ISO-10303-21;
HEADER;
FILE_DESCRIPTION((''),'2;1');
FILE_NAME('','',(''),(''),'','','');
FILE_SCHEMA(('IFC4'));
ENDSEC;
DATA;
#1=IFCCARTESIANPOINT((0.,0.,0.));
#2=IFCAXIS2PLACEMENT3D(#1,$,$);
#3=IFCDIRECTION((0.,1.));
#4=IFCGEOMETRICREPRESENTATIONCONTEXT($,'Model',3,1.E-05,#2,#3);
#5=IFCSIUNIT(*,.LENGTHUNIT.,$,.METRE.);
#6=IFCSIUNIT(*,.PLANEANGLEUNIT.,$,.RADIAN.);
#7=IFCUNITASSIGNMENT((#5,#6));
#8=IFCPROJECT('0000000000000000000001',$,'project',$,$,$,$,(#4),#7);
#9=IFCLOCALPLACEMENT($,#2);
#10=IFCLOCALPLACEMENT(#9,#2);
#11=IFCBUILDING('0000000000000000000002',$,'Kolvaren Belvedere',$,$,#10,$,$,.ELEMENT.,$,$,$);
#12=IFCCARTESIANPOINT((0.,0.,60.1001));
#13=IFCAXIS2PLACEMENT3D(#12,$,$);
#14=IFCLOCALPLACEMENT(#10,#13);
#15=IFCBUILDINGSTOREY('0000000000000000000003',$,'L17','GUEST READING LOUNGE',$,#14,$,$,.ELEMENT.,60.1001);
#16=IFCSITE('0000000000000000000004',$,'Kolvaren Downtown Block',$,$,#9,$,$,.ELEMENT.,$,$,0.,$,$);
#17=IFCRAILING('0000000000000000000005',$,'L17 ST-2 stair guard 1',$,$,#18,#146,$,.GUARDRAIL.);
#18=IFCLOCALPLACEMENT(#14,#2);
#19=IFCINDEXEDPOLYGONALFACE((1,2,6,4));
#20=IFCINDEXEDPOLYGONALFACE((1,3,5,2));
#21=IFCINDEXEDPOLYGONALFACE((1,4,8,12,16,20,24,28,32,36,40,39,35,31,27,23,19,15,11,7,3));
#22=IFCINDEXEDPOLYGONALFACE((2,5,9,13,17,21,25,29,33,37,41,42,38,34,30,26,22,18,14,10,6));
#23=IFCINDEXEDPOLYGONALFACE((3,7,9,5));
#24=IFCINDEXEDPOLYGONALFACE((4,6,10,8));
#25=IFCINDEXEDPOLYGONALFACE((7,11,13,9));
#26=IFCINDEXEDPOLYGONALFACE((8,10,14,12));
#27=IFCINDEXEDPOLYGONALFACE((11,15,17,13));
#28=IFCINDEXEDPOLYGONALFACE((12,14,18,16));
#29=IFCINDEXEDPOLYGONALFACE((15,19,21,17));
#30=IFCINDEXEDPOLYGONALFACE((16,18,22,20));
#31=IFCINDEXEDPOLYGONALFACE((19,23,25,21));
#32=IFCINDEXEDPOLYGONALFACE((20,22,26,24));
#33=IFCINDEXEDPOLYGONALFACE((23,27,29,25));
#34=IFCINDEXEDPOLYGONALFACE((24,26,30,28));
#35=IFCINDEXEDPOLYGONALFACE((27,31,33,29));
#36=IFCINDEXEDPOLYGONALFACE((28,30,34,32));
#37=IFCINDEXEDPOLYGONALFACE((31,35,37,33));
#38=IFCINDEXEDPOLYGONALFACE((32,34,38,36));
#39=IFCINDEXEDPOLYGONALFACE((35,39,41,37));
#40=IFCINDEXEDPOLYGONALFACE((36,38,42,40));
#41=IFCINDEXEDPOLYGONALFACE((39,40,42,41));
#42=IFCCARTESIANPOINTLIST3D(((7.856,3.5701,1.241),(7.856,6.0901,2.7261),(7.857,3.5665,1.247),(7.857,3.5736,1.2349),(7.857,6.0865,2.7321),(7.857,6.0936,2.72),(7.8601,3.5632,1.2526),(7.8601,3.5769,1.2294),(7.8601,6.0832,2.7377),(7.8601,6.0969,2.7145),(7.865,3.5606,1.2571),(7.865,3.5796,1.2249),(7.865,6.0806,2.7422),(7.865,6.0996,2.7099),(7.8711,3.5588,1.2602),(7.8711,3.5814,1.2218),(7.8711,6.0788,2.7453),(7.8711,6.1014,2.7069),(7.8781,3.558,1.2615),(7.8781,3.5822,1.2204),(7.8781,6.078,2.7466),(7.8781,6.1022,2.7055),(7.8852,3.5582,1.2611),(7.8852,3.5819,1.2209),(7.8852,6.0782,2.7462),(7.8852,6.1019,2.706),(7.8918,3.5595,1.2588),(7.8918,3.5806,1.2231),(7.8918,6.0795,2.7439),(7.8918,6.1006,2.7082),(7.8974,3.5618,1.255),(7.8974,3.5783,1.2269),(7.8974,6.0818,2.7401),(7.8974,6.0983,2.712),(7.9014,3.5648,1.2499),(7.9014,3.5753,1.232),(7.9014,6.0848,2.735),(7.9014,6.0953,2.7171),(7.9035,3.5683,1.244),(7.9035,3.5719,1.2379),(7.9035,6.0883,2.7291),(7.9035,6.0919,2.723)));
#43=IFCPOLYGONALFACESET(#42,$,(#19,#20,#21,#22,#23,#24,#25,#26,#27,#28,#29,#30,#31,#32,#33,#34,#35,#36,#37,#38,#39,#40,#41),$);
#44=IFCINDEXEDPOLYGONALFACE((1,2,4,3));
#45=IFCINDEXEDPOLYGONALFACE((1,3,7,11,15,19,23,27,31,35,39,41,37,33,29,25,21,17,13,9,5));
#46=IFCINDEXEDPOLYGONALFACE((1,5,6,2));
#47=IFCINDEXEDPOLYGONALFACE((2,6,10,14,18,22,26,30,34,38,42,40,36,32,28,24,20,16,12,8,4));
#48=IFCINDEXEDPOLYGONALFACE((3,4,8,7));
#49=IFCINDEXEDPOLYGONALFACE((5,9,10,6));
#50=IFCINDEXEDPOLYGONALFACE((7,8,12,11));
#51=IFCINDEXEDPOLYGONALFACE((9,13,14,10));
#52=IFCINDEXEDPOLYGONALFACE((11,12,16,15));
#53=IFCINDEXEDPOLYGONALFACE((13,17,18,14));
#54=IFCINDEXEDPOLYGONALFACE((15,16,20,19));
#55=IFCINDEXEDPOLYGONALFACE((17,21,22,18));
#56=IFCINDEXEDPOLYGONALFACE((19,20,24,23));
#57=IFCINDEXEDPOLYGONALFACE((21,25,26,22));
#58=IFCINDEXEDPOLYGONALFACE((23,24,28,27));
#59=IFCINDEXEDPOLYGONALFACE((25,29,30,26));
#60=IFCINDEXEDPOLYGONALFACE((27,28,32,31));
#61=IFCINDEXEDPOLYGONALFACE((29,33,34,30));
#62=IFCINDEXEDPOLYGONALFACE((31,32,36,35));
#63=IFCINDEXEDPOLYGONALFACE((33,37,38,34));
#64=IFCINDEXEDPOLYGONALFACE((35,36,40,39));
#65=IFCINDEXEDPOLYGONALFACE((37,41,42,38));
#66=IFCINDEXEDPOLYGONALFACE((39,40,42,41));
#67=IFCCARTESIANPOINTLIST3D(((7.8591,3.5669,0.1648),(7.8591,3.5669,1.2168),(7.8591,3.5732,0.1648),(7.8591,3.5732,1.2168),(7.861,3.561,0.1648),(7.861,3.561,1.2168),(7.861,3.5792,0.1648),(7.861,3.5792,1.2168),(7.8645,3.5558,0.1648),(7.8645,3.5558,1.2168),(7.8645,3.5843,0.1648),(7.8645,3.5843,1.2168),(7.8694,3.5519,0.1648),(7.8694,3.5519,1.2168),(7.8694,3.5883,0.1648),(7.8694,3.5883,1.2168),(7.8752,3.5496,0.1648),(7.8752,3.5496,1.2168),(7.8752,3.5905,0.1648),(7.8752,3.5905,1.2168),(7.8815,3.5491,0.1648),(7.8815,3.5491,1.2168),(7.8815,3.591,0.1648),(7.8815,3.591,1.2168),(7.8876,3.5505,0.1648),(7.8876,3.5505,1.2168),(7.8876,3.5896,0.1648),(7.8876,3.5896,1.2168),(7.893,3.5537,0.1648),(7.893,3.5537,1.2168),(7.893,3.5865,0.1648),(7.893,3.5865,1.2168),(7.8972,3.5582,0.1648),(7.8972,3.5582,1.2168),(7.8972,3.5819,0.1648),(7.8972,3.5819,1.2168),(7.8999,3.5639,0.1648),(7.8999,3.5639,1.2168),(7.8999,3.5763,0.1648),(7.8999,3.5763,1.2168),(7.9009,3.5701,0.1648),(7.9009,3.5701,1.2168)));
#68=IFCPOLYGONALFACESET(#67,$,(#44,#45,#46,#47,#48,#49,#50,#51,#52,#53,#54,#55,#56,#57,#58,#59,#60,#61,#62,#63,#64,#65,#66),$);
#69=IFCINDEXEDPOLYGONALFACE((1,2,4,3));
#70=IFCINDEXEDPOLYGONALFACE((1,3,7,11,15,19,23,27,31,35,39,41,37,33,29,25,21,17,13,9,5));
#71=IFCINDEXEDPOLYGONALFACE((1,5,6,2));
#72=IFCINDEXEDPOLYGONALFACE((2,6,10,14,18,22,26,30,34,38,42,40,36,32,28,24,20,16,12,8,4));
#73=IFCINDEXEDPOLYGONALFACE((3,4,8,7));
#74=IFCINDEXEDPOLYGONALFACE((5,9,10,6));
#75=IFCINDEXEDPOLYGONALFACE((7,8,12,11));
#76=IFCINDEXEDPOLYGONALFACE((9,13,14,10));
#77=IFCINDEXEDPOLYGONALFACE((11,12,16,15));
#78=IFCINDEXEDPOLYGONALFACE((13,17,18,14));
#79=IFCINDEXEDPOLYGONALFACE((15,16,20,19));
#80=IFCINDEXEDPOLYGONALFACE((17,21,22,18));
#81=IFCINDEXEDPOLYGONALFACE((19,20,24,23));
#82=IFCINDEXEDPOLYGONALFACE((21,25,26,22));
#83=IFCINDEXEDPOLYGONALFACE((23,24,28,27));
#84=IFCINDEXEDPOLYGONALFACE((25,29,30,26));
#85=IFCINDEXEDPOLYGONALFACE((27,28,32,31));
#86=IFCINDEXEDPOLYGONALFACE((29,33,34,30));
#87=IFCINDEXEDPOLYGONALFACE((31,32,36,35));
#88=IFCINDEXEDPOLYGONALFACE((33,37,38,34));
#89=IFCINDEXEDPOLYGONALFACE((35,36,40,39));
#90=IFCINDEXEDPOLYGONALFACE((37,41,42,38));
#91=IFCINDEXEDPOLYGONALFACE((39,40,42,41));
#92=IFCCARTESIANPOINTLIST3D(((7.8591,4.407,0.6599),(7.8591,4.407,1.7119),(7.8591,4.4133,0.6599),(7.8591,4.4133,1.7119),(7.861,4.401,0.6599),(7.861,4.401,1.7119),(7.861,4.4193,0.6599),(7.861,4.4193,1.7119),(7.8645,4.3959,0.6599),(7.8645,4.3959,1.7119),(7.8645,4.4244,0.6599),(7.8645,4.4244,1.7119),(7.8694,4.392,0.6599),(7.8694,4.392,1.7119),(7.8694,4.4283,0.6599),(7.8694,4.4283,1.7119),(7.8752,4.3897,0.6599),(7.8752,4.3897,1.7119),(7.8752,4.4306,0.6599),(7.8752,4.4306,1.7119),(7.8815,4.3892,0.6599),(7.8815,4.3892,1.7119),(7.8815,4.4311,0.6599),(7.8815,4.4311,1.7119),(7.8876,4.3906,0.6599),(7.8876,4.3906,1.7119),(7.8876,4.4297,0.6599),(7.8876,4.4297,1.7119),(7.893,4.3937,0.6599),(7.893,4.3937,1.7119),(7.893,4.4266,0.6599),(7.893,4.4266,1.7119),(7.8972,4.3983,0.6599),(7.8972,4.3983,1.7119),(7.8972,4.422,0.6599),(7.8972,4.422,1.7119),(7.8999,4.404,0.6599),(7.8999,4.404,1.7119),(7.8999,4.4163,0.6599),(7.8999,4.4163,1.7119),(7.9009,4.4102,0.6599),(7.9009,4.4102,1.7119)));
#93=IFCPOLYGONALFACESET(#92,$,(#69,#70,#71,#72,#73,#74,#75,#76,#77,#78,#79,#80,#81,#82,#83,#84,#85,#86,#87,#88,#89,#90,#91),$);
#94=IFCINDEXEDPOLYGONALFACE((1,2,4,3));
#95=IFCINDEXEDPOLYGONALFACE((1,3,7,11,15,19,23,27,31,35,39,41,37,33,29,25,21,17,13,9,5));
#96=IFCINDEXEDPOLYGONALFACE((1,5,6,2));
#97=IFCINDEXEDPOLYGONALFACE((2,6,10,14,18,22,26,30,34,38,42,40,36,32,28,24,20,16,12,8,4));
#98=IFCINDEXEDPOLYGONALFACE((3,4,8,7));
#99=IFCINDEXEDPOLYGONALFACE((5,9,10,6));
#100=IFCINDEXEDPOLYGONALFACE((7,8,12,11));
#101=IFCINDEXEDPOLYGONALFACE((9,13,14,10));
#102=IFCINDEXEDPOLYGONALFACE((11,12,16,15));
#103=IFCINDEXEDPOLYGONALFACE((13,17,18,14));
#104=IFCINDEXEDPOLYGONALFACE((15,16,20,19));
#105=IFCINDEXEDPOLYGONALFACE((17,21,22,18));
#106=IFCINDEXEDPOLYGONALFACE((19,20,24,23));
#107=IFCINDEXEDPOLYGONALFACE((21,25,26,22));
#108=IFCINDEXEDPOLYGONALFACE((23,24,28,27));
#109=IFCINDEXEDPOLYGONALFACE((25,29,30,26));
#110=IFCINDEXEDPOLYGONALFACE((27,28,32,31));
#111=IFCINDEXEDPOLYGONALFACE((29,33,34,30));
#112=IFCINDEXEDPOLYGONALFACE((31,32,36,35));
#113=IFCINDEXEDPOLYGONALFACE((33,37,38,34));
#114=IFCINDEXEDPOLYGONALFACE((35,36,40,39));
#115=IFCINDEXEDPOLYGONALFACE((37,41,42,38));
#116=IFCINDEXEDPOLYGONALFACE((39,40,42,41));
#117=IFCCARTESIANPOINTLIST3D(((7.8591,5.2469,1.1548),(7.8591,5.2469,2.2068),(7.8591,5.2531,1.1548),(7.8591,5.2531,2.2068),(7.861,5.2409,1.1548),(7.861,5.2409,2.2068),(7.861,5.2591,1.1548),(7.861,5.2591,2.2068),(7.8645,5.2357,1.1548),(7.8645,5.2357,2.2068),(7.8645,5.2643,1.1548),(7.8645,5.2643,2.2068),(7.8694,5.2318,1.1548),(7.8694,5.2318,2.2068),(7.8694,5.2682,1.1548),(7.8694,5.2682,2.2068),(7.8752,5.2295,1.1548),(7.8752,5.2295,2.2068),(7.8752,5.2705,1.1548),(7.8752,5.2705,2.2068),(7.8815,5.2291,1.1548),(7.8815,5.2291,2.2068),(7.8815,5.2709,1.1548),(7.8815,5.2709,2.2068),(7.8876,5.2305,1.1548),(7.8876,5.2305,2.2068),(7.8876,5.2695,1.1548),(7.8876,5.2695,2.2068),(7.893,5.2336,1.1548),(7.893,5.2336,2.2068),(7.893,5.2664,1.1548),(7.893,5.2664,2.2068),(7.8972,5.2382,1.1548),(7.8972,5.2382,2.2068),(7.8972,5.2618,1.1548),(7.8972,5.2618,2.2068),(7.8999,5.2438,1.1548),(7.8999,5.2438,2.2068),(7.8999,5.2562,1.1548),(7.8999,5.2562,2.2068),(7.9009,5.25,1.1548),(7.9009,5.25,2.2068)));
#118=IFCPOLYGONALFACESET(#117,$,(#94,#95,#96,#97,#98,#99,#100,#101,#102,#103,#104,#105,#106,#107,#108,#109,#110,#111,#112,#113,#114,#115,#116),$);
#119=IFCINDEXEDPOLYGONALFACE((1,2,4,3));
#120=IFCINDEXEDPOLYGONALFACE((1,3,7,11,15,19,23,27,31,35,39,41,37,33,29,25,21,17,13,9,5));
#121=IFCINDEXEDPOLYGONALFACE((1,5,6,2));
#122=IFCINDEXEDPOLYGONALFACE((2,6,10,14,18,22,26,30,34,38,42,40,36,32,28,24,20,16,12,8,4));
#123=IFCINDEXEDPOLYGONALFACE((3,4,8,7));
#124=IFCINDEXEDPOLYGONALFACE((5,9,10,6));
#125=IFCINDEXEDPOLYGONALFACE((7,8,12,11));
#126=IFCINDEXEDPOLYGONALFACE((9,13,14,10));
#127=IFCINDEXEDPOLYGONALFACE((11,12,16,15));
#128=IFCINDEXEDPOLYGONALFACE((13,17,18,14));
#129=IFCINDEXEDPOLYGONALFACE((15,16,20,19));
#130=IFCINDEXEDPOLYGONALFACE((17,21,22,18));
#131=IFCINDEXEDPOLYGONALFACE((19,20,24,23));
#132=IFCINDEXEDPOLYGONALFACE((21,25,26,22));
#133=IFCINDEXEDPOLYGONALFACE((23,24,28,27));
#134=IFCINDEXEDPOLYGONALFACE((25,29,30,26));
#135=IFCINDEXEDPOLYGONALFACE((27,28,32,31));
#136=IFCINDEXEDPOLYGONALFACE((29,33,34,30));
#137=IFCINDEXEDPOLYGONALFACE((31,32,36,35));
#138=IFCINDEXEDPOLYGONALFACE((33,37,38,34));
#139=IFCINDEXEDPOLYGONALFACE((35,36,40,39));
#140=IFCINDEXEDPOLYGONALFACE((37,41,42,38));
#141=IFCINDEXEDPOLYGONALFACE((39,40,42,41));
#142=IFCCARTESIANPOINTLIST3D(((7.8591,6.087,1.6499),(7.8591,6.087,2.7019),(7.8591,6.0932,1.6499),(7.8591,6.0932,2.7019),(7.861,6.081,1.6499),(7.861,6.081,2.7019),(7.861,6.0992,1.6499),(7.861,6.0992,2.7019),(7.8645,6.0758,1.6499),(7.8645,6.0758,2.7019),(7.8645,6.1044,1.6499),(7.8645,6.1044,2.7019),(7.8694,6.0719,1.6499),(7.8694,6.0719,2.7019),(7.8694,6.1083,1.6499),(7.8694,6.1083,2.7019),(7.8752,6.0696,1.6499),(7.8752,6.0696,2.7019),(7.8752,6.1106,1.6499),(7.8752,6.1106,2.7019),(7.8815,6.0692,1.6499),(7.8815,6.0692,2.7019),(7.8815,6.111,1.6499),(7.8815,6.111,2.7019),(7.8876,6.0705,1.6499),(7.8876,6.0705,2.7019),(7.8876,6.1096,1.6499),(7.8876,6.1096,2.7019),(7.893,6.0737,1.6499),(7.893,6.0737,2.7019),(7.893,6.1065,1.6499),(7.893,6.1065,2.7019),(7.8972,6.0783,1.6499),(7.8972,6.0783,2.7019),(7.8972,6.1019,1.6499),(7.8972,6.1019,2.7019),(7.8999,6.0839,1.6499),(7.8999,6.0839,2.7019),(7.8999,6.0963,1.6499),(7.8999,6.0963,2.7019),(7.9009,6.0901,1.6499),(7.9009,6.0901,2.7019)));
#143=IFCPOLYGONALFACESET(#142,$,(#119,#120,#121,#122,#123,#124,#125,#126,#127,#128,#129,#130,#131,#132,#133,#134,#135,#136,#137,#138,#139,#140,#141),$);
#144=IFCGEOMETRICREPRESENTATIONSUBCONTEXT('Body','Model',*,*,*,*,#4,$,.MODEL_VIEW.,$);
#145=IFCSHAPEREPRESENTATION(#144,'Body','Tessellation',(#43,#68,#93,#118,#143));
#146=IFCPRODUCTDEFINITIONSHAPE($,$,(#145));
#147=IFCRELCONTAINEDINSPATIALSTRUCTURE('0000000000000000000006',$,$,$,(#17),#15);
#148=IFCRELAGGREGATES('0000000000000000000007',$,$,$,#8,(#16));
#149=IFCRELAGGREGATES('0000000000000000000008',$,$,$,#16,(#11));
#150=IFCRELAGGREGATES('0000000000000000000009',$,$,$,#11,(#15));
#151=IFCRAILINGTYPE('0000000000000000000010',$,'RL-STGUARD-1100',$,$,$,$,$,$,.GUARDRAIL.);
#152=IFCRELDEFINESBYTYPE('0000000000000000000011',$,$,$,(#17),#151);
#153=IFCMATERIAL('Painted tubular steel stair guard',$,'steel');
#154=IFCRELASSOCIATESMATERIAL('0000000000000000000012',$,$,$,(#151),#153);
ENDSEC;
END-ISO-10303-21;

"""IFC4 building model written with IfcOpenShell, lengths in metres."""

from ifc_helpers import new_model, si_unit, direction, frame, origin, origin_2d, place, context, subcontext, project, spatial, circle, extrude, material, type_object, element, save


model = new_model("IFC4")

# Units and contexts
model_context = context("Model", 3, precision=1e-05, world=origin(), true_north=direction((0.0, 1.0)))
body_context = subcontext(model_context, "Body", "Model", "MODEL_VIEW")
ifc_project = project(units=[si_unit("LENGTHUNIT", "METRE"), si_unit("PLANEANGLEUNIT", "RADIAN")], contexts=[model_context])

# Site, building, storey
site_placement = place(None, origin())
site = spatial("IfcSite", under=ifc_project, at=site_placement, Name="Kolvaren Downtown Block", CompositionType="ELEMENT", RefElevation=0.0)
building_placement = place(site_placement, origin())
building = spatial("IfcBuilding", under=site, at=building_placement, Name="Kolvaren Belvedere", CompositionType="ELEMENT")
storey_placement = place(building_placement, frame((0.0, 0.0, 60.1001)))
storey = spatial("IfcBuildingStorey", under=building, at=storey_placement, Name="L17", Description="GUEST READING LOUNGE", CompositionType="ELEMENT", Elevation=60.1001)

# Railing
ifc_material_1 = material(Name="Painted tubular steel stair guard", Category="steel")
railing_type_1 = type_object("IfcRailingType", Name="RL-STGUARD-1100", PredefinedType="GUARDRAIL", material=ifc_material_1)
railing_1_placement = place(storey_placement, frame((7.8799, 3.5701, 0.1648)))
element("IfcRailing", 1, at=railing_1_placement, inside=storey, type_object=railing_type_1, Name="L17 ST-2 stair guard 1", PredefinedType="GUARDRAIL", context=body_context, shape_type="SweptSolid", body=[
    extrude(circle(Radius=0.0239, at=origin_2d()), frame((0.0, 0.0, 1.0762), z_axis=(0.0, 0.861524, 0.507717), x_axis=(-1.0, 0.0, 0.0)), (0.0, 0.0, 1.0), 2.925),
    extrude(circle(Radius=0.021, at=origin_2d()), origin(), (0.0, 0.0, 1.0), 1.052),
    extrude(circle(Radius=0.021, at=origin_2d()), frame((0.0, 0.8401, 0.4951)), (0.0, 0.0, 1.0), 1.052),
    extrude(circle(Radius=0.021, at=origin_2d()), frame((0.0, 1.6799, 0.99)), (0.0, 0.0, 1.0), 1.052),
    extrude(circle(Radius=0.021, at=origin_2d()), frame((0.0, 2.52, 1.4851)), (0.0, 0.0, 1.0), 1.052),
])

save(model, "model.ifc")
